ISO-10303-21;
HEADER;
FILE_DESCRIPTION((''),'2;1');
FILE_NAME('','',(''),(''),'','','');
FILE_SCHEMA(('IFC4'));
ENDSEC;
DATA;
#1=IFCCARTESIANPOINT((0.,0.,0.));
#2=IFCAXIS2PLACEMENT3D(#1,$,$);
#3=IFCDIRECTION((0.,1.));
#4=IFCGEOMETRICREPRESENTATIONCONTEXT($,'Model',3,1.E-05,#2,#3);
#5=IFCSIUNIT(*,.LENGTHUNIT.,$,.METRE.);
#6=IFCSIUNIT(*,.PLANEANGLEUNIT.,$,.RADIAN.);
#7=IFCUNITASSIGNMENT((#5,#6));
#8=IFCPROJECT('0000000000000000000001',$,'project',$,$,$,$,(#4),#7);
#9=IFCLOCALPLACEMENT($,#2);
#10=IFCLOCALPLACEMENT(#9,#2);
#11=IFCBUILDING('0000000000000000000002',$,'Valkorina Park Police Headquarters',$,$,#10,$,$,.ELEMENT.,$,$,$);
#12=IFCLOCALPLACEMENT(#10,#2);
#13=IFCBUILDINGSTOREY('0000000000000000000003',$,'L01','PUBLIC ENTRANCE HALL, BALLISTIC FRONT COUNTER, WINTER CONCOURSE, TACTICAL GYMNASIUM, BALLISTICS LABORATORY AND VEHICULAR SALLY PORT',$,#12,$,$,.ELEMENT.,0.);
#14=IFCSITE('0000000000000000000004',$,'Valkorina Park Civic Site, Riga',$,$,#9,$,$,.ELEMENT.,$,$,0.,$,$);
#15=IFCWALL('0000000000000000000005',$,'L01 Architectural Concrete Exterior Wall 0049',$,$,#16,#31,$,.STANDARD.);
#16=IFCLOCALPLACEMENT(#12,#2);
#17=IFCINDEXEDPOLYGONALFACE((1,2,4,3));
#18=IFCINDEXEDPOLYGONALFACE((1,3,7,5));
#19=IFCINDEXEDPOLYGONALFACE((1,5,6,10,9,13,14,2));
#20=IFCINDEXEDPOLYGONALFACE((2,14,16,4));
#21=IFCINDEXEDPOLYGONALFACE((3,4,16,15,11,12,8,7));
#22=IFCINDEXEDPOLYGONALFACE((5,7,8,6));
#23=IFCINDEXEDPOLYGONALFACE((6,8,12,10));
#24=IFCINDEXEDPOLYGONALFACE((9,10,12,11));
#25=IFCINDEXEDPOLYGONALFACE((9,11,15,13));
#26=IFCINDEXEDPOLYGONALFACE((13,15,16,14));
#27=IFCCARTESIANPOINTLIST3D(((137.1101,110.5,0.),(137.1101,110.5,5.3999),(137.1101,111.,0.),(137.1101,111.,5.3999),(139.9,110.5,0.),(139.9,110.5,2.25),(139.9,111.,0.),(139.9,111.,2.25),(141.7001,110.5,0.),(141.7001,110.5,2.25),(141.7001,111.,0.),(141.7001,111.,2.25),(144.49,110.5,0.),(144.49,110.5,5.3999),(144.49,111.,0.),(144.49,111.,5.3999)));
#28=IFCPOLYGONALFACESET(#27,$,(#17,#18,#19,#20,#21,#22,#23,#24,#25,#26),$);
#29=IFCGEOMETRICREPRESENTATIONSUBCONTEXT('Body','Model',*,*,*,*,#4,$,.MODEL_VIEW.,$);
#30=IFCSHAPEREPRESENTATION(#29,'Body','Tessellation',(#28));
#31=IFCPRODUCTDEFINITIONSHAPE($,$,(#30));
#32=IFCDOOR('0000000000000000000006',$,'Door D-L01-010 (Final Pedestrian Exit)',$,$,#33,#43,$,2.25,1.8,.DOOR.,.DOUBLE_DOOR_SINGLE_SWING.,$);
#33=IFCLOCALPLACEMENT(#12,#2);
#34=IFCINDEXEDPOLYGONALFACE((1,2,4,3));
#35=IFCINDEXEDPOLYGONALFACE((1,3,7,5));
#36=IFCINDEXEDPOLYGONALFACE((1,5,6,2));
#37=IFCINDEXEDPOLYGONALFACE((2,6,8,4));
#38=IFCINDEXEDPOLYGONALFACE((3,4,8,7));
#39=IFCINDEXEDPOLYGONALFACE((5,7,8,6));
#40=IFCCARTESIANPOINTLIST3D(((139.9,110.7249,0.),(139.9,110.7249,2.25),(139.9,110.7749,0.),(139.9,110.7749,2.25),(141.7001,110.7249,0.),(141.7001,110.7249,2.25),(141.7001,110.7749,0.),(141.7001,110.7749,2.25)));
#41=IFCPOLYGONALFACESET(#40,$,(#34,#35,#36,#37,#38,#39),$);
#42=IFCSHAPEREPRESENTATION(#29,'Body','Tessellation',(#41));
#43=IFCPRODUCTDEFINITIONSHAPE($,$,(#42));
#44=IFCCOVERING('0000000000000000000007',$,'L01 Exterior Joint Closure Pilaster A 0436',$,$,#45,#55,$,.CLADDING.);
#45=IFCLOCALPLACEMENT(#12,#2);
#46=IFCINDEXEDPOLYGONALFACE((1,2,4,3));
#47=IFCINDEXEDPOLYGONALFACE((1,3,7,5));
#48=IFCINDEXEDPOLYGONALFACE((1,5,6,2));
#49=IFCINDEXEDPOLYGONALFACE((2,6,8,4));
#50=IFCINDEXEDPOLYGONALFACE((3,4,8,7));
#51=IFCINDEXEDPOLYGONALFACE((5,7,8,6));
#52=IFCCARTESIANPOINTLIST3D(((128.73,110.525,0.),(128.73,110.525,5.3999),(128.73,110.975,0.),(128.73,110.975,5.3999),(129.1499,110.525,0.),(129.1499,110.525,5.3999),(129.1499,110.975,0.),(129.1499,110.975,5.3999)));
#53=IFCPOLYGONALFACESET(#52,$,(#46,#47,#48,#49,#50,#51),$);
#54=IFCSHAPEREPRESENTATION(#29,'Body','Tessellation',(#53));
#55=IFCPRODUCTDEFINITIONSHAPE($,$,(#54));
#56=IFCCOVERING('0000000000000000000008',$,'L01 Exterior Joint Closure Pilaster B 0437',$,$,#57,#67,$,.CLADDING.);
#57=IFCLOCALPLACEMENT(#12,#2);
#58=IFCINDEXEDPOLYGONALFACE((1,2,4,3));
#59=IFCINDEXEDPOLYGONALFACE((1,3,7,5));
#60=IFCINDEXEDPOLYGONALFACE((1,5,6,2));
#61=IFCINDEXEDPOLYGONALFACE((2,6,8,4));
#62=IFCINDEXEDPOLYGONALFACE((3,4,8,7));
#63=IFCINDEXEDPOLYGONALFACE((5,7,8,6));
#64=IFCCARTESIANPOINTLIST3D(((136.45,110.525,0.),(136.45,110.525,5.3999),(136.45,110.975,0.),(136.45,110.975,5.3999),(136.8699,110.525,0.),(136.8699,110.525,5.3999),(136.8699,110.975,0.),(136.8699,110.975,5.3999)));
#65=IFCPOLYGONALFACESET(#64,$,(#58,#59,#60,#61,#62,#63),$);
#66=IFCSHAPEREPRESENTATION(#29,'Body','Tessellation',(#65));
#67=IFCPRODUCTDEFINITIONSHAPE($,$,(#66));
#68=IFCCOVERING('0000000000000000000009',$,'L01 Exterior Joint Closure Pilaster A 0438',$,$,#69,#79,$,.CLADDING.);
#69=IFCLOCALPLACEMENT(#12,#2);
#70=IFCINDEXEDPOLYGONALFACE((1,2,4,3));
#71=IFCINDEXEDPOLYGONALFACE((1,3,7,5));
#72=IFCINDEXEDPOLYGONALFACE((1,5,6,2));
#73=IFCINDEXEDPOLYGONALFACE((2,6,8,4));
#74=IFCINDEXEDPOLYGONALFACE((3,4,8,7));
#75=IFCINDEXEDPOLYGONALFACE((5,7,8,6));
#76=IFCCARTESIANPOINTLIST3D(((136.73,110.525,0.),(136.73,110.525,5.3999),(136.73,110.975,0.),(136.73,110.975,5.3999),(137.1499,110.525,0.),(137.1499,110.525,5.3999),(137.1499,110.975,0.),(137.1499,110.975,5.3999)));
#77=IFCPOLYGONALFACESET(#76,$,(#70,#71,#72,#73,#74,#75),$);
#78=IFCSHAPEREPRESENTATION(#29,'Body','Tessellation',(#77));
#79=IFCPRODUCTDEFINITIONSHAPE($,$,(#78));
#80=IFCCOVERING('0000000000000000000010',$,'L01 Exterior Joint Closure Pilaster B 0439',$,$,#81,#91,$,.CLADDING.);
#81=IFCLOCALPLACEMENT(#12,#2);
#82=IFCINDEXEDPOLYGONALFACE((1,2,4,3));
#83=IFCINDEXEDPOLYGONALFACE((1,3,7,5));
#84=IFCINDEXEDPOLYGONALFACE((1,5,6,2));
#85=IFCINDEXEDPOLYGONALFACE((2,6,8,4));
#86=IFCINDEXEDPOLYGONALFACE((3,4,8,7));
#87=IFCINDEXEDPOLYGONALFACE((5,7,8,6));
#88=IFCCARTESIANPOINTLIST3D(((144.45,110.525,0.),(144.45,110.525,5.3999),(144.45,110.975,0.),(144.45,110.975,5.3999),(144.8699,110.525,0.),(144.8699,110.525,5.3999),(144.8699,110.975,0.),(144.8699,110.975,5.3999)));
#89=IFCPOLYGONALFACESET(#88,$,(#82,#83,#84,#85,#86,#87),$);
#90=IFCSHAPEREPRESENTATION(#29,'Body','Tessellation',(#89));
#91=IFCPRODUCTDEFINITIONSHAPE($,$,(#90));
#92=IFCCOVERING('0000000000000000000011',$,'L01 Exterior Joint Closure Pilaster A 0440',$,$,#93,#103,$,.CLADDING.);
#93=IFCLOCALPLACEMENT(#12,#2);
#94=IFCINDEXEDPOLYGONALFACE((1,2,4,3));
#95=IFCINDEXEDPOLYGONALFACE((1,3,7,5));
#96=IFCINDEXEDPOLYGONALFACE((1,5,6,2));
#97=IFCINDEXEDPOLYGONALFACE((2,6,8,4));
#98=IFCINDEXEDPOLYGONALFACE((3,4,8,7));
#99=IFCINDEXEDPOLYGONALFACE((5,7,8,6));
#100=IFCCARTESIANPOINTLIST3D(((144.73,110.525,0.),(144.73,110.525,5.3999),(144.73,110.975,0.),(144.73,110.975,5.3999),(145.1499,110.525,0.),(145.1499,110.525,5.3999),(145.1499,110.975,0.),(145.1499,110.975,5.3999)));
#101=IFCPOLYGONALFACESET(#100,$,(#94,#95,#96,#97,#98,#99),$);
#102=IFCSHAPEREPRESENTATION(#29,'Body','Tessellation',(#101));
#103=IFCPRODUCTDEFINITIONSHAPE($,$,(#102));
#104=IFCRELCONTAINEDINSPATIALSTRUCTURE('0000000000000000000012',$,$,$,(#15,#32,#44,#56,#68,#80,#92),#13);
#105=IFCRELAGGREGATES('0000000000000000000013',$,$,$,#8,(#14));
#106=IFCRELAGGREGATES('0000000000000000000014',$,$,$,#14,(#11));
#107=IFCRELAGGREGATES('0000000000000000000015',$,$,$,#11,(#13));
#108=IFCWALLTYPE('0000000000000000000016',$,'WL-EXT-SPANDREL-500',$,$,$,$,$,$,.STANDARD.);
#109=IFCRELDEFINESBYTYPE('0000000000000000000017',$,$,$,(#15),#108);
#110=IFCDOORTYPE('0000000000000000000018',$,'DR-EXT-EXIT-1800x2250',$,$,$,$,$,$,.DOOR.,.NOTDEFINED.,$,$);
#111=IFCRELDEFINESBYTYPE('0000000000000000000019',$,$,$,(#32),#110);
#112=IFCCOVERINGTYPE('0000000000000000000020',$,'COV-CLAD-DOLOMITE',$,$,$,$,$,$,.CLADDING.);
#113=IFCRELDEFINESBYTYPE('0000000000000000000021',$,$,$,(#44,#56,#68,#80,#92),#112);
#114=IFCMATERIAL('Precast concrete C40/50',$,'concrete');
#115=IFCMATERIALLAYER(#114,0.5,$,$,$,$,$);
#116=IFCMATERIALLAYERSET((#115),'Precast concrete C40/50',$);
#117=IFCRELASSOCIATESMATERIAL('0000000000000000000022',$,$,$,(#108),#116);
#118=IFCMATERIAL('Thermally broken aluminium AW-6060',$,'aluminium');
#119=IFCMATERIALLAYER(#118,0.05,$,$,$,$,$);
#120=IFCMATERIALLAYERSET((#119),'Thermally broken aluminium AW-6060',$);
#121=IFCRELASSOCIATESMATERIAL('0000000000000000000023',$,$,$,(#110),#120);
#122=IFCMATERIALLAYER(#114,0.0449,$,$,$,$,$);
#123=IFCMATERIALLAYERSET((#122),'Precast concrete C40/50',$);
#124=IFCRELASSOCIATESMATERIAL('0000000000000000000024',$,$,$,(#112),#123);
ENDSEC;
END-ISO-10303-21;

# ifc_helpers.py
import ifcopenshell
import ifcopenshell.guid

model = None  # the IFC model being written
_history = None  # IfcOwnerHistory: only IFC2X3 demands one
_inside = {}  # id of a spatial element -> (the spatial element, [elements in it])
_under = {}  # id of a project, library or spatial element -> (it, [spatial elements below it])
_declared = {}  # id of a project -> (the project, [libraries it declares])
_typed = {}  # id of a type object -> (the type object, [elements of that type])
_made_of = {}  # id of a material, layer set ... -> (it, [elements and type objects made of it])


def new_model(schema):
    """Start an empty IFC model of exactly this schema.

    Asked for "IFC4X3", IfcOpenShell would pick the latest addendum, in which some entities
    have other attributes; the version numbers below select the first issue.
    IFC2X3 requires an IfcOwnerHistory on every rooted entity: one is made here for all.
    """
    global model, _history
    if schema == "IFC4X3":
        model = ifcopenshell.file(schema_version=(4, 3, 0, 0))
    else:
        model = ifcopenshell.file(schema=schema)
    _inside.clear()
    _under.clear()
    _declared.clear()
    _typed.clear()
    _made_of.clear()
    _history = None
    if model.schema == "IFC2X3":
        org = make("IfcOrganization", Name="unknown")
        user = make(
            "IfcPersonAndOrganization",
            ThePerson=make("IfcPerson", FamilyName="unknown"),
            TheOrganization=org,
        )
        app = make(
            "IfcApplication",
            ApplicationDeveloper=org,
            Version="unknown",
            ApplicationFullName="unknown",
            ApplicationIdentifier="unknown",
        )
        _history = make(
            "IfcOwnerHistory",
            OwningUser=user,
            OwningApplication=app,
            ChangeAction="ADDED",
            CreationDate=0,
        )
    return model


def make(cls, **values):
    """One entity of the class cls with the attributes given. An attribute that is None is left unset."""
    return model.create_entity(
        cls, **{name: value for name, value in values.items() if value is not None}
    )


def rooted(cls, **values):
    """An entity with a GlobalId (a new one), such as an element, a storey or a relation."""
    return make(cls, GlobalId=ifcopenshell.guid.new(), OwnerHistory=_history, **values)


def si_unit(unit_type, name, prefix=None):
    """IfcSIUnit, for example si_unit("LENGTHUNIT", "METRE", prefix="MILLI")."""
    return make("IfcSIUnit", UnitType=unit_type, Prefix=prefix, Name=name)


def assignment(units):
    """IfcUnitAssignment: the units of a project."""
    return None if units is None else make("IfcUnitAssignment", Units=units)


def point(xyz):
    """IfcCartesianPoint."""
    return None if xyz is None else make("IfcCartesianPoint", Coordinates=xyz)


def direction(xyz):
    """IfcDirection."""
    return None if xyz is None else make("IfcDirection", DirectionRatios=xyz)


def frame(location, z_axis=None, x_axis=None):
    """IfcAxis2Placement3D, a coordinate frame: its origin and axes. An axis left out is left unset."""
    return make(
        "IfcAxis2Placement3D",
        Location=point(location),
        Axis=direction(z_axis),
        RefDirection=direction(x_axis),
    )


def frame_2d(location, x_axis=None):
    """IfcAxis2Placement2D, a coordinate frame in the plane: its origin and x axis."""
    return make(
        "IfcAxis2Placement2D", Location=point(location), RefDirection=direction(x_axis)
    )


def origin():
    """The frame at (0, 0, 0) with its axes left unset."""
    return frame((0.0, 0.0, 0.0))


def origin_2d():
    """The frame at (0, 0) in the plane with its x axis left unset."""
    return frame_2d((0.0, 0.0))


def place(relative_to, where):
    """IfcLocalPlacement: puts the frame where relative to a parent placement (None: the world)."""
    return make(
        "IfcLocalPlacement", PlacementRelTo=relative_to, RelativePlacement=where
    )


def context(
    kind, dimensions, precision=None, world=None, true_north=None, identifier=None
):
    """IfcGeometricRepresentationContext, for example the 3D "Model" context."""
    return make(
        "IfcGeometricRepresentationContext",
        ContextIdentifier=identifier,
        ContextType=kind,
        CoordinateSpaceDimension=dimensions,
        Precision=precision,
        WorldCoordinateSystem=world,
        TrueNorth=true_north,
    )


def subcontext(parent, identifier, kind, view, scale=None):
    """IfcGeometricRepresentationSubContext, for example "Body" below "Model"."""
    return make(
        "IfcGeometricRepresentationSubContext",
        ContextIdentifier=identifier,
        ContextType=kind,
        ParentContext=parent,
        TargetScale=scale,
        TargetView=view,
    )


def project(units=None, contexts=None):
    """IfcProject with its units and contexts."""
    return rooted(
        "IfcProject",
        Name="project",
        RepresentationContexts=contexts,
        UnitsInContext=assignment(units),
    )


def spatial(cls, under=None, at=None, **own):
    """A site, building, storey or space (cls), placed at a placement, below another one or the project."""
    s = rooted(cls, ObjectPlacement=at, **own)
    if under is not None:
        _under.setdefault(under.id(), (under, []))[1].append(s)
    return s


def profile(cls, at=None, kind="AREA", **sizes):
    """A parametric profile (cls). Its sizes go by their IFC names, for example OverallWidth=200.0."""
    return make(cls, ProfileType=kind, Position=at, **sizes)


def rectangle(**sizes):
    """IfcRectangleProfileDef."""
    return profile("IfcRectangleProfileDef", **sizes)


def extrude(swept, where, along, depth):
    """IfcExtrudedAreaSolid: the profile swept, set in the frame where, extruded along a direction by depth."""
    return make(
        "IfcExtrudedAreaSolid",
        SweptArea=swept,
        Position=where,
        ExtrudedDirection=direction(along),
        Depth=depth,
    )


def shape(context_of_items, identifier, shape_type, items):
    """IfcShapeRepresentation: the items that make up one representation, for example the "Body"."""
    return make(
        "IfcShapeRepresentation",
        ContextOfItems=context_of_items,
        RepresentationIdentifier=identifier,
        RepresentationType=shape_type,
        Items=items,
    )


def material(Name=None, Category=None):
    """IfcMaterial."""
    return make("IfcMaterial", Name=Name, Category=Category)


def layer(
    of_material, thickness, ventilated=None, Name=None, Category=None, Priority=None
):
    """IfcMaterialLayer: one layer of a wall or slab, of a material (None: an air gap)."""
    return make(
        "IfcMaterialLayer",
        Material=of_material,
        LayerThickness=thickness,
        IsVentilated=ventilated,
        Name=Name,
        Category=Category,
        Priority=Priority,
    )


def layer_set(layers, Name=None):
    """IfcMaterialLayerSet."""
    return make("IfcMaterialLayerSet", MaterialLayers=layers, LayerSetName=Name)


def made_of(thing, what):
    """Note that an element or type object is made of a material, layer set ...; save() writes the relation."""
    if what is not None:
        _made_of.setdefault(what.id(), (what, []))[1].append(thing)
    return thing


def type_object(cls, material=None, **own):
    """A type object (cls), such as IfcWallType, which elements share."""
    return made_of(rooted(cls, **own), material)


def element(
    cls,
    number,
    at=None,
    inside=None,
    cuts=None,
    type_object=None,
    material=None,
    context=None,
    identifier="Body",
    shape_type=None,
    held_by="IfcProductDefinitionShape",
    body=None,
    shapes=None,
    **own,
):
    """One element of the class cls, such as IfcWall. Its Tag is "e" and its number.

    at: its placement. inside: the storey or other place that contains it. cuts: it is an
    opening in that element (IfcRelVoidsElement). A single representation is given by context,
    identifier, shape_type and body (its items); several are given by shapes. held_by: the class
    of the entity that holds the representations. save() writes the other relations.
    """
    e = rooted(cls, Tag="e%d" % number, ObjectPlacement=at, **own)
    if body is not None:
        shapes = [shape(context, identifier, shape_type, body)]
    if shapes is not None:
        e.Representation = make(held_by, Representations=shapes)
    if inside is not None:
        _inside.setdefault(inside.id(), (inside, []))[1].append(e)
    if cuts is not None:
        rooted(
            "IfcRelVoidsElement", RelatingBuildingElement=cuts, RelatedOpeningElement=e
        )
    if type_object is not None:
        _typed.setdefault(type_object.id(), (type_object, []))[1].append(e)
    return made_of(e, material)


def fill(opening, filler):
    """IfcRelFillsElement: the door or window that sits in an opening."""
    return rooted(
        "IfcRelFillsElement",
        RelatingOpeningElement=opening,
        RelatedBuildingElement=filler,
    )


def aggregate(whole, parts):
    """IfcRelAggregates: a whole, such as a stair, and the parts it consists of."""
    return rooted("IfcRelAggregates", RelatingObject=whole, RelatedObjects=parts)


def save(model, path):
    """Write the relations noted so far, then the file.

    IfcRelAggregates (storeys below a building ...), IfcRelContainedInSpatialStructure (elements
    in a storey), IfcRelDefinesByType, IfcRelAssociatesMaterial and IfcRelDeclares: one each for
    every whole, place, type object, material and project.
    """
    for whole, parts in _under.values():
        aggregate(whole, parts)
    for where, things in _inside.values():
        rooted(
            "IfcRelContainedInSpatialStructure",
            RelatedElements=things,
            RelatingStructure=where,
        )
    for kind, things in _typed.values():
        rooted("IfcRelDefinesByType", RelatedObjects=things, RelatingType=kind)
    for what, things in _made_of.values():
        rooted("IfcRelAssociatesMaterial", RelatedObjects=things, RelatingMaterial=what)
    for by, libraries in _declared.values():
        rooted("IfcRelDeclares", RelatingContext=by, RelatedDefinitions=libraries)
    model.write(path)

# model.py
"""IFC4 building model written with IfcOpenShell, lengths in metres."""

from ifc_helpers import new_model, si_unit, direction, frame, frame_2d, origin, origin_2d, place, context, subcontext, project, spatial, rectangle, extrude, material, layer, layer_set, type_object, element, fill, save


model = new_model("IFC4")

# Units and contexts
model_context = context("Model", 3, precision=1e-05, world=origin(), true_north=direction((0.0, 1.0)))
body_context = subcontext(model_context, "Body", "Model", "MODEL_VIEW")
ifc_project = project(units=[si_unit("LENGTHUNIT", "METRE"), si_unit("PLANEANGLEUNIT", "RADIAN")], contexts=[model_context])

# Site, building, storey
site_placement = place(None, origin())
site = spatial("IfcSite", under=ifc_project, at=site_placement, Name="Valkorina Park Civic Site, Riga", CompositionType="ELEMENT", RefElevation=0.0)
building_placement = place(site_placement, origin())
building = spatial("IfcBuilding", under=site, at=building_placement, Name="Valkorina Park Police Headquarters", CompositionType="ELEMENT")
storey_placement = place(building_placement, origin())
storey = spatial("IfcBuildingStorey", under=building, at=storey_placement, Name="L01", Description="PUBLIC ENTRANCE HALL, BALLISTIC FRONT COUNTER, WINTER CONCOURSE, TACTICAL GYMNASIUM, BALLISTICS LABORATORY AND VEHICULAR SALLY PORT", CompositionType="ELEMENT", Elevation=0.0)

# Wall, opening, door
ifc_material_1 = material(Name="Precast concrete C40/50", Category="concrete")
ifc_layer_1 = layer(ifc_material_1, 0.5)
ifc_layer_set_1 = layer_set([ifc_layer_1], Name="Precast concrete C40/50")
wall_type_1 = type_object("IfcWallType", Name="WL-EXT-SPANDREL-500", PredefinedType="STANDARD", material=ifc_layer_set_1)
ifc_material_2 = material(Name="Thermally broken aluminium AW-6060", Category="aluminium")
wall_1_placement = place(storey_placement, frame((137.1101, 110.75, 0.0), z_axis=(0.0, 0.0, 1.0), x_axis=(1.0, 0.0, 0.0)))
wall_1 = element("IfcWall", 1, at=wall_1_placement, inside=storey, type_object=wall_type_1, Name="L01 Architectural Concrete Exterior Wall 0049", PredefinedType="STANDARD", context=body_context, shape_type="SweptSolid", body=[
    extrude(rectangle(XDim=7.3799, YDim=0.5, at=frame_2d((3.6899, 0.0))), origin(), (0.0, 0.0, 1.0), 5.3999),
])
opening_1_placement = place(wall_1_placement, frame((2.79, 0.0, 0.0)))
opening_1 = element("IfcOpeningElement", 2, at=opening_1_placement, cuts=wall_1, PredefinedType="OPENING", context=body_context, shape_type="SweptSolid", body=[
    extrude(rectangle(XDim=1.8, YDim=2.25, at=frame_2d((0.8999, 1.125))), frame((0.0, 0.26, 0.0), z_axis=(0.0, -1.0, 0.0), x_axis=(1.0, 0.0, 0.0)), (0.0, 0.0, 1.0), 0.52),
])
ifc_layer_2 = layer(ifc_material_2, 0.05)
ifc_layer_set_2 = layer_set([ifc_layer_2], Name="Thermally broken aluminium AW-6060")
door_type_1 = type_object("IfcDoorType", Name="DR-EXT-EXIT-1800x2250", OperationType="NOTDEFINED", PredefinedType="DOOR", material=ifc_layer_set_2)
door_1_placement = place(opening_1_placement, origin())
door_1 = element("IfcDoor", 3, at=door_1_placement, inside=storey, type_object=door_type_1, Name="Door D-L01-010 (Final Pedestrian Exit)", OperationType="DOUBLE_DOOR_SINGLE_SWING", OverallHeight=2.25, OverallWidth=1.8, PredefinedType="DOOR", context=body_context, shape_type="SweptSolid", body=[
    extrude(rectangle(XDim=1.8, YDim=2.25, at=frame_2d((0.8999, 1.125))), frame((0.0, 0.0249, 0.0), z_axis=(0.0, -1.0, 0.0), x_axis=(1.0, 0.0, 0.0)), (0.0, 0.0, 1.0), 0.05),
])
fill(opening_1, door_1)

# Coverings
ifc_layer_3 = layer(ifc_material_1, 0.0449)
ifc_layer_set_3 = layer_set([ifc_layer_3], Name="Precast concrete C40/50")
covering_type = type_object("IfcCoveringType", Name="COV-CLAD-DOLOMITE", PredefinedType="CLADDING", material=ifc_layer_set_3)
for number, where, z_axis, x_axis, name in (
    (4, (128.9399, 110.75, 0.0), (0.0, 0.0, 1.0), (1.0, 0.0, 0.0), "L01 Exterior Joint Closure Pilaster A 0436"),
    (5, (136.6599, 110.75, 0.0), (0.0, 0.0, 1.0), (1.0, 0.0, 0.0), "L01 Exterior Joint Closure Pilaster B 0437"),
    (6, (136.9399, 110.75, 0.0), (0.0, 0.0, 1.0), (1.0, 0.0, 0.0), "L01 Exterior Joint Closure Pilaster A 0438"),
    (7, (144.6599, 110.75, 0.0), (0.0, 0.0, 1.0), (1.0, 0.0, 0.0), "L01 Exterior Joint Closure Pilaster B 0439"),
    (8, (144.9399, 110.75, 0.0), (0.0, 0.0, 1.0), (1.0, 0.0, 0.0), "L01 Exterior Joint Closure Pilaster A 0440"),
):
    element("IfcCovering", number, at=place(storey_placement, frame(where, z_axis=z_axis, x_axis=x_axis)), inside=storey, type_object=covering_type, Name=name, PredefinedType="CLADDING", context=body_context, shape_type="SweptSolid", body=[
        extrude(rectangle(XDim=0.4199, YDim=0.45, at=origin_2d()), origin(), (0.0, 0.0, 1.0), 5.3999),
    ])

save(model, "model.ifc")
